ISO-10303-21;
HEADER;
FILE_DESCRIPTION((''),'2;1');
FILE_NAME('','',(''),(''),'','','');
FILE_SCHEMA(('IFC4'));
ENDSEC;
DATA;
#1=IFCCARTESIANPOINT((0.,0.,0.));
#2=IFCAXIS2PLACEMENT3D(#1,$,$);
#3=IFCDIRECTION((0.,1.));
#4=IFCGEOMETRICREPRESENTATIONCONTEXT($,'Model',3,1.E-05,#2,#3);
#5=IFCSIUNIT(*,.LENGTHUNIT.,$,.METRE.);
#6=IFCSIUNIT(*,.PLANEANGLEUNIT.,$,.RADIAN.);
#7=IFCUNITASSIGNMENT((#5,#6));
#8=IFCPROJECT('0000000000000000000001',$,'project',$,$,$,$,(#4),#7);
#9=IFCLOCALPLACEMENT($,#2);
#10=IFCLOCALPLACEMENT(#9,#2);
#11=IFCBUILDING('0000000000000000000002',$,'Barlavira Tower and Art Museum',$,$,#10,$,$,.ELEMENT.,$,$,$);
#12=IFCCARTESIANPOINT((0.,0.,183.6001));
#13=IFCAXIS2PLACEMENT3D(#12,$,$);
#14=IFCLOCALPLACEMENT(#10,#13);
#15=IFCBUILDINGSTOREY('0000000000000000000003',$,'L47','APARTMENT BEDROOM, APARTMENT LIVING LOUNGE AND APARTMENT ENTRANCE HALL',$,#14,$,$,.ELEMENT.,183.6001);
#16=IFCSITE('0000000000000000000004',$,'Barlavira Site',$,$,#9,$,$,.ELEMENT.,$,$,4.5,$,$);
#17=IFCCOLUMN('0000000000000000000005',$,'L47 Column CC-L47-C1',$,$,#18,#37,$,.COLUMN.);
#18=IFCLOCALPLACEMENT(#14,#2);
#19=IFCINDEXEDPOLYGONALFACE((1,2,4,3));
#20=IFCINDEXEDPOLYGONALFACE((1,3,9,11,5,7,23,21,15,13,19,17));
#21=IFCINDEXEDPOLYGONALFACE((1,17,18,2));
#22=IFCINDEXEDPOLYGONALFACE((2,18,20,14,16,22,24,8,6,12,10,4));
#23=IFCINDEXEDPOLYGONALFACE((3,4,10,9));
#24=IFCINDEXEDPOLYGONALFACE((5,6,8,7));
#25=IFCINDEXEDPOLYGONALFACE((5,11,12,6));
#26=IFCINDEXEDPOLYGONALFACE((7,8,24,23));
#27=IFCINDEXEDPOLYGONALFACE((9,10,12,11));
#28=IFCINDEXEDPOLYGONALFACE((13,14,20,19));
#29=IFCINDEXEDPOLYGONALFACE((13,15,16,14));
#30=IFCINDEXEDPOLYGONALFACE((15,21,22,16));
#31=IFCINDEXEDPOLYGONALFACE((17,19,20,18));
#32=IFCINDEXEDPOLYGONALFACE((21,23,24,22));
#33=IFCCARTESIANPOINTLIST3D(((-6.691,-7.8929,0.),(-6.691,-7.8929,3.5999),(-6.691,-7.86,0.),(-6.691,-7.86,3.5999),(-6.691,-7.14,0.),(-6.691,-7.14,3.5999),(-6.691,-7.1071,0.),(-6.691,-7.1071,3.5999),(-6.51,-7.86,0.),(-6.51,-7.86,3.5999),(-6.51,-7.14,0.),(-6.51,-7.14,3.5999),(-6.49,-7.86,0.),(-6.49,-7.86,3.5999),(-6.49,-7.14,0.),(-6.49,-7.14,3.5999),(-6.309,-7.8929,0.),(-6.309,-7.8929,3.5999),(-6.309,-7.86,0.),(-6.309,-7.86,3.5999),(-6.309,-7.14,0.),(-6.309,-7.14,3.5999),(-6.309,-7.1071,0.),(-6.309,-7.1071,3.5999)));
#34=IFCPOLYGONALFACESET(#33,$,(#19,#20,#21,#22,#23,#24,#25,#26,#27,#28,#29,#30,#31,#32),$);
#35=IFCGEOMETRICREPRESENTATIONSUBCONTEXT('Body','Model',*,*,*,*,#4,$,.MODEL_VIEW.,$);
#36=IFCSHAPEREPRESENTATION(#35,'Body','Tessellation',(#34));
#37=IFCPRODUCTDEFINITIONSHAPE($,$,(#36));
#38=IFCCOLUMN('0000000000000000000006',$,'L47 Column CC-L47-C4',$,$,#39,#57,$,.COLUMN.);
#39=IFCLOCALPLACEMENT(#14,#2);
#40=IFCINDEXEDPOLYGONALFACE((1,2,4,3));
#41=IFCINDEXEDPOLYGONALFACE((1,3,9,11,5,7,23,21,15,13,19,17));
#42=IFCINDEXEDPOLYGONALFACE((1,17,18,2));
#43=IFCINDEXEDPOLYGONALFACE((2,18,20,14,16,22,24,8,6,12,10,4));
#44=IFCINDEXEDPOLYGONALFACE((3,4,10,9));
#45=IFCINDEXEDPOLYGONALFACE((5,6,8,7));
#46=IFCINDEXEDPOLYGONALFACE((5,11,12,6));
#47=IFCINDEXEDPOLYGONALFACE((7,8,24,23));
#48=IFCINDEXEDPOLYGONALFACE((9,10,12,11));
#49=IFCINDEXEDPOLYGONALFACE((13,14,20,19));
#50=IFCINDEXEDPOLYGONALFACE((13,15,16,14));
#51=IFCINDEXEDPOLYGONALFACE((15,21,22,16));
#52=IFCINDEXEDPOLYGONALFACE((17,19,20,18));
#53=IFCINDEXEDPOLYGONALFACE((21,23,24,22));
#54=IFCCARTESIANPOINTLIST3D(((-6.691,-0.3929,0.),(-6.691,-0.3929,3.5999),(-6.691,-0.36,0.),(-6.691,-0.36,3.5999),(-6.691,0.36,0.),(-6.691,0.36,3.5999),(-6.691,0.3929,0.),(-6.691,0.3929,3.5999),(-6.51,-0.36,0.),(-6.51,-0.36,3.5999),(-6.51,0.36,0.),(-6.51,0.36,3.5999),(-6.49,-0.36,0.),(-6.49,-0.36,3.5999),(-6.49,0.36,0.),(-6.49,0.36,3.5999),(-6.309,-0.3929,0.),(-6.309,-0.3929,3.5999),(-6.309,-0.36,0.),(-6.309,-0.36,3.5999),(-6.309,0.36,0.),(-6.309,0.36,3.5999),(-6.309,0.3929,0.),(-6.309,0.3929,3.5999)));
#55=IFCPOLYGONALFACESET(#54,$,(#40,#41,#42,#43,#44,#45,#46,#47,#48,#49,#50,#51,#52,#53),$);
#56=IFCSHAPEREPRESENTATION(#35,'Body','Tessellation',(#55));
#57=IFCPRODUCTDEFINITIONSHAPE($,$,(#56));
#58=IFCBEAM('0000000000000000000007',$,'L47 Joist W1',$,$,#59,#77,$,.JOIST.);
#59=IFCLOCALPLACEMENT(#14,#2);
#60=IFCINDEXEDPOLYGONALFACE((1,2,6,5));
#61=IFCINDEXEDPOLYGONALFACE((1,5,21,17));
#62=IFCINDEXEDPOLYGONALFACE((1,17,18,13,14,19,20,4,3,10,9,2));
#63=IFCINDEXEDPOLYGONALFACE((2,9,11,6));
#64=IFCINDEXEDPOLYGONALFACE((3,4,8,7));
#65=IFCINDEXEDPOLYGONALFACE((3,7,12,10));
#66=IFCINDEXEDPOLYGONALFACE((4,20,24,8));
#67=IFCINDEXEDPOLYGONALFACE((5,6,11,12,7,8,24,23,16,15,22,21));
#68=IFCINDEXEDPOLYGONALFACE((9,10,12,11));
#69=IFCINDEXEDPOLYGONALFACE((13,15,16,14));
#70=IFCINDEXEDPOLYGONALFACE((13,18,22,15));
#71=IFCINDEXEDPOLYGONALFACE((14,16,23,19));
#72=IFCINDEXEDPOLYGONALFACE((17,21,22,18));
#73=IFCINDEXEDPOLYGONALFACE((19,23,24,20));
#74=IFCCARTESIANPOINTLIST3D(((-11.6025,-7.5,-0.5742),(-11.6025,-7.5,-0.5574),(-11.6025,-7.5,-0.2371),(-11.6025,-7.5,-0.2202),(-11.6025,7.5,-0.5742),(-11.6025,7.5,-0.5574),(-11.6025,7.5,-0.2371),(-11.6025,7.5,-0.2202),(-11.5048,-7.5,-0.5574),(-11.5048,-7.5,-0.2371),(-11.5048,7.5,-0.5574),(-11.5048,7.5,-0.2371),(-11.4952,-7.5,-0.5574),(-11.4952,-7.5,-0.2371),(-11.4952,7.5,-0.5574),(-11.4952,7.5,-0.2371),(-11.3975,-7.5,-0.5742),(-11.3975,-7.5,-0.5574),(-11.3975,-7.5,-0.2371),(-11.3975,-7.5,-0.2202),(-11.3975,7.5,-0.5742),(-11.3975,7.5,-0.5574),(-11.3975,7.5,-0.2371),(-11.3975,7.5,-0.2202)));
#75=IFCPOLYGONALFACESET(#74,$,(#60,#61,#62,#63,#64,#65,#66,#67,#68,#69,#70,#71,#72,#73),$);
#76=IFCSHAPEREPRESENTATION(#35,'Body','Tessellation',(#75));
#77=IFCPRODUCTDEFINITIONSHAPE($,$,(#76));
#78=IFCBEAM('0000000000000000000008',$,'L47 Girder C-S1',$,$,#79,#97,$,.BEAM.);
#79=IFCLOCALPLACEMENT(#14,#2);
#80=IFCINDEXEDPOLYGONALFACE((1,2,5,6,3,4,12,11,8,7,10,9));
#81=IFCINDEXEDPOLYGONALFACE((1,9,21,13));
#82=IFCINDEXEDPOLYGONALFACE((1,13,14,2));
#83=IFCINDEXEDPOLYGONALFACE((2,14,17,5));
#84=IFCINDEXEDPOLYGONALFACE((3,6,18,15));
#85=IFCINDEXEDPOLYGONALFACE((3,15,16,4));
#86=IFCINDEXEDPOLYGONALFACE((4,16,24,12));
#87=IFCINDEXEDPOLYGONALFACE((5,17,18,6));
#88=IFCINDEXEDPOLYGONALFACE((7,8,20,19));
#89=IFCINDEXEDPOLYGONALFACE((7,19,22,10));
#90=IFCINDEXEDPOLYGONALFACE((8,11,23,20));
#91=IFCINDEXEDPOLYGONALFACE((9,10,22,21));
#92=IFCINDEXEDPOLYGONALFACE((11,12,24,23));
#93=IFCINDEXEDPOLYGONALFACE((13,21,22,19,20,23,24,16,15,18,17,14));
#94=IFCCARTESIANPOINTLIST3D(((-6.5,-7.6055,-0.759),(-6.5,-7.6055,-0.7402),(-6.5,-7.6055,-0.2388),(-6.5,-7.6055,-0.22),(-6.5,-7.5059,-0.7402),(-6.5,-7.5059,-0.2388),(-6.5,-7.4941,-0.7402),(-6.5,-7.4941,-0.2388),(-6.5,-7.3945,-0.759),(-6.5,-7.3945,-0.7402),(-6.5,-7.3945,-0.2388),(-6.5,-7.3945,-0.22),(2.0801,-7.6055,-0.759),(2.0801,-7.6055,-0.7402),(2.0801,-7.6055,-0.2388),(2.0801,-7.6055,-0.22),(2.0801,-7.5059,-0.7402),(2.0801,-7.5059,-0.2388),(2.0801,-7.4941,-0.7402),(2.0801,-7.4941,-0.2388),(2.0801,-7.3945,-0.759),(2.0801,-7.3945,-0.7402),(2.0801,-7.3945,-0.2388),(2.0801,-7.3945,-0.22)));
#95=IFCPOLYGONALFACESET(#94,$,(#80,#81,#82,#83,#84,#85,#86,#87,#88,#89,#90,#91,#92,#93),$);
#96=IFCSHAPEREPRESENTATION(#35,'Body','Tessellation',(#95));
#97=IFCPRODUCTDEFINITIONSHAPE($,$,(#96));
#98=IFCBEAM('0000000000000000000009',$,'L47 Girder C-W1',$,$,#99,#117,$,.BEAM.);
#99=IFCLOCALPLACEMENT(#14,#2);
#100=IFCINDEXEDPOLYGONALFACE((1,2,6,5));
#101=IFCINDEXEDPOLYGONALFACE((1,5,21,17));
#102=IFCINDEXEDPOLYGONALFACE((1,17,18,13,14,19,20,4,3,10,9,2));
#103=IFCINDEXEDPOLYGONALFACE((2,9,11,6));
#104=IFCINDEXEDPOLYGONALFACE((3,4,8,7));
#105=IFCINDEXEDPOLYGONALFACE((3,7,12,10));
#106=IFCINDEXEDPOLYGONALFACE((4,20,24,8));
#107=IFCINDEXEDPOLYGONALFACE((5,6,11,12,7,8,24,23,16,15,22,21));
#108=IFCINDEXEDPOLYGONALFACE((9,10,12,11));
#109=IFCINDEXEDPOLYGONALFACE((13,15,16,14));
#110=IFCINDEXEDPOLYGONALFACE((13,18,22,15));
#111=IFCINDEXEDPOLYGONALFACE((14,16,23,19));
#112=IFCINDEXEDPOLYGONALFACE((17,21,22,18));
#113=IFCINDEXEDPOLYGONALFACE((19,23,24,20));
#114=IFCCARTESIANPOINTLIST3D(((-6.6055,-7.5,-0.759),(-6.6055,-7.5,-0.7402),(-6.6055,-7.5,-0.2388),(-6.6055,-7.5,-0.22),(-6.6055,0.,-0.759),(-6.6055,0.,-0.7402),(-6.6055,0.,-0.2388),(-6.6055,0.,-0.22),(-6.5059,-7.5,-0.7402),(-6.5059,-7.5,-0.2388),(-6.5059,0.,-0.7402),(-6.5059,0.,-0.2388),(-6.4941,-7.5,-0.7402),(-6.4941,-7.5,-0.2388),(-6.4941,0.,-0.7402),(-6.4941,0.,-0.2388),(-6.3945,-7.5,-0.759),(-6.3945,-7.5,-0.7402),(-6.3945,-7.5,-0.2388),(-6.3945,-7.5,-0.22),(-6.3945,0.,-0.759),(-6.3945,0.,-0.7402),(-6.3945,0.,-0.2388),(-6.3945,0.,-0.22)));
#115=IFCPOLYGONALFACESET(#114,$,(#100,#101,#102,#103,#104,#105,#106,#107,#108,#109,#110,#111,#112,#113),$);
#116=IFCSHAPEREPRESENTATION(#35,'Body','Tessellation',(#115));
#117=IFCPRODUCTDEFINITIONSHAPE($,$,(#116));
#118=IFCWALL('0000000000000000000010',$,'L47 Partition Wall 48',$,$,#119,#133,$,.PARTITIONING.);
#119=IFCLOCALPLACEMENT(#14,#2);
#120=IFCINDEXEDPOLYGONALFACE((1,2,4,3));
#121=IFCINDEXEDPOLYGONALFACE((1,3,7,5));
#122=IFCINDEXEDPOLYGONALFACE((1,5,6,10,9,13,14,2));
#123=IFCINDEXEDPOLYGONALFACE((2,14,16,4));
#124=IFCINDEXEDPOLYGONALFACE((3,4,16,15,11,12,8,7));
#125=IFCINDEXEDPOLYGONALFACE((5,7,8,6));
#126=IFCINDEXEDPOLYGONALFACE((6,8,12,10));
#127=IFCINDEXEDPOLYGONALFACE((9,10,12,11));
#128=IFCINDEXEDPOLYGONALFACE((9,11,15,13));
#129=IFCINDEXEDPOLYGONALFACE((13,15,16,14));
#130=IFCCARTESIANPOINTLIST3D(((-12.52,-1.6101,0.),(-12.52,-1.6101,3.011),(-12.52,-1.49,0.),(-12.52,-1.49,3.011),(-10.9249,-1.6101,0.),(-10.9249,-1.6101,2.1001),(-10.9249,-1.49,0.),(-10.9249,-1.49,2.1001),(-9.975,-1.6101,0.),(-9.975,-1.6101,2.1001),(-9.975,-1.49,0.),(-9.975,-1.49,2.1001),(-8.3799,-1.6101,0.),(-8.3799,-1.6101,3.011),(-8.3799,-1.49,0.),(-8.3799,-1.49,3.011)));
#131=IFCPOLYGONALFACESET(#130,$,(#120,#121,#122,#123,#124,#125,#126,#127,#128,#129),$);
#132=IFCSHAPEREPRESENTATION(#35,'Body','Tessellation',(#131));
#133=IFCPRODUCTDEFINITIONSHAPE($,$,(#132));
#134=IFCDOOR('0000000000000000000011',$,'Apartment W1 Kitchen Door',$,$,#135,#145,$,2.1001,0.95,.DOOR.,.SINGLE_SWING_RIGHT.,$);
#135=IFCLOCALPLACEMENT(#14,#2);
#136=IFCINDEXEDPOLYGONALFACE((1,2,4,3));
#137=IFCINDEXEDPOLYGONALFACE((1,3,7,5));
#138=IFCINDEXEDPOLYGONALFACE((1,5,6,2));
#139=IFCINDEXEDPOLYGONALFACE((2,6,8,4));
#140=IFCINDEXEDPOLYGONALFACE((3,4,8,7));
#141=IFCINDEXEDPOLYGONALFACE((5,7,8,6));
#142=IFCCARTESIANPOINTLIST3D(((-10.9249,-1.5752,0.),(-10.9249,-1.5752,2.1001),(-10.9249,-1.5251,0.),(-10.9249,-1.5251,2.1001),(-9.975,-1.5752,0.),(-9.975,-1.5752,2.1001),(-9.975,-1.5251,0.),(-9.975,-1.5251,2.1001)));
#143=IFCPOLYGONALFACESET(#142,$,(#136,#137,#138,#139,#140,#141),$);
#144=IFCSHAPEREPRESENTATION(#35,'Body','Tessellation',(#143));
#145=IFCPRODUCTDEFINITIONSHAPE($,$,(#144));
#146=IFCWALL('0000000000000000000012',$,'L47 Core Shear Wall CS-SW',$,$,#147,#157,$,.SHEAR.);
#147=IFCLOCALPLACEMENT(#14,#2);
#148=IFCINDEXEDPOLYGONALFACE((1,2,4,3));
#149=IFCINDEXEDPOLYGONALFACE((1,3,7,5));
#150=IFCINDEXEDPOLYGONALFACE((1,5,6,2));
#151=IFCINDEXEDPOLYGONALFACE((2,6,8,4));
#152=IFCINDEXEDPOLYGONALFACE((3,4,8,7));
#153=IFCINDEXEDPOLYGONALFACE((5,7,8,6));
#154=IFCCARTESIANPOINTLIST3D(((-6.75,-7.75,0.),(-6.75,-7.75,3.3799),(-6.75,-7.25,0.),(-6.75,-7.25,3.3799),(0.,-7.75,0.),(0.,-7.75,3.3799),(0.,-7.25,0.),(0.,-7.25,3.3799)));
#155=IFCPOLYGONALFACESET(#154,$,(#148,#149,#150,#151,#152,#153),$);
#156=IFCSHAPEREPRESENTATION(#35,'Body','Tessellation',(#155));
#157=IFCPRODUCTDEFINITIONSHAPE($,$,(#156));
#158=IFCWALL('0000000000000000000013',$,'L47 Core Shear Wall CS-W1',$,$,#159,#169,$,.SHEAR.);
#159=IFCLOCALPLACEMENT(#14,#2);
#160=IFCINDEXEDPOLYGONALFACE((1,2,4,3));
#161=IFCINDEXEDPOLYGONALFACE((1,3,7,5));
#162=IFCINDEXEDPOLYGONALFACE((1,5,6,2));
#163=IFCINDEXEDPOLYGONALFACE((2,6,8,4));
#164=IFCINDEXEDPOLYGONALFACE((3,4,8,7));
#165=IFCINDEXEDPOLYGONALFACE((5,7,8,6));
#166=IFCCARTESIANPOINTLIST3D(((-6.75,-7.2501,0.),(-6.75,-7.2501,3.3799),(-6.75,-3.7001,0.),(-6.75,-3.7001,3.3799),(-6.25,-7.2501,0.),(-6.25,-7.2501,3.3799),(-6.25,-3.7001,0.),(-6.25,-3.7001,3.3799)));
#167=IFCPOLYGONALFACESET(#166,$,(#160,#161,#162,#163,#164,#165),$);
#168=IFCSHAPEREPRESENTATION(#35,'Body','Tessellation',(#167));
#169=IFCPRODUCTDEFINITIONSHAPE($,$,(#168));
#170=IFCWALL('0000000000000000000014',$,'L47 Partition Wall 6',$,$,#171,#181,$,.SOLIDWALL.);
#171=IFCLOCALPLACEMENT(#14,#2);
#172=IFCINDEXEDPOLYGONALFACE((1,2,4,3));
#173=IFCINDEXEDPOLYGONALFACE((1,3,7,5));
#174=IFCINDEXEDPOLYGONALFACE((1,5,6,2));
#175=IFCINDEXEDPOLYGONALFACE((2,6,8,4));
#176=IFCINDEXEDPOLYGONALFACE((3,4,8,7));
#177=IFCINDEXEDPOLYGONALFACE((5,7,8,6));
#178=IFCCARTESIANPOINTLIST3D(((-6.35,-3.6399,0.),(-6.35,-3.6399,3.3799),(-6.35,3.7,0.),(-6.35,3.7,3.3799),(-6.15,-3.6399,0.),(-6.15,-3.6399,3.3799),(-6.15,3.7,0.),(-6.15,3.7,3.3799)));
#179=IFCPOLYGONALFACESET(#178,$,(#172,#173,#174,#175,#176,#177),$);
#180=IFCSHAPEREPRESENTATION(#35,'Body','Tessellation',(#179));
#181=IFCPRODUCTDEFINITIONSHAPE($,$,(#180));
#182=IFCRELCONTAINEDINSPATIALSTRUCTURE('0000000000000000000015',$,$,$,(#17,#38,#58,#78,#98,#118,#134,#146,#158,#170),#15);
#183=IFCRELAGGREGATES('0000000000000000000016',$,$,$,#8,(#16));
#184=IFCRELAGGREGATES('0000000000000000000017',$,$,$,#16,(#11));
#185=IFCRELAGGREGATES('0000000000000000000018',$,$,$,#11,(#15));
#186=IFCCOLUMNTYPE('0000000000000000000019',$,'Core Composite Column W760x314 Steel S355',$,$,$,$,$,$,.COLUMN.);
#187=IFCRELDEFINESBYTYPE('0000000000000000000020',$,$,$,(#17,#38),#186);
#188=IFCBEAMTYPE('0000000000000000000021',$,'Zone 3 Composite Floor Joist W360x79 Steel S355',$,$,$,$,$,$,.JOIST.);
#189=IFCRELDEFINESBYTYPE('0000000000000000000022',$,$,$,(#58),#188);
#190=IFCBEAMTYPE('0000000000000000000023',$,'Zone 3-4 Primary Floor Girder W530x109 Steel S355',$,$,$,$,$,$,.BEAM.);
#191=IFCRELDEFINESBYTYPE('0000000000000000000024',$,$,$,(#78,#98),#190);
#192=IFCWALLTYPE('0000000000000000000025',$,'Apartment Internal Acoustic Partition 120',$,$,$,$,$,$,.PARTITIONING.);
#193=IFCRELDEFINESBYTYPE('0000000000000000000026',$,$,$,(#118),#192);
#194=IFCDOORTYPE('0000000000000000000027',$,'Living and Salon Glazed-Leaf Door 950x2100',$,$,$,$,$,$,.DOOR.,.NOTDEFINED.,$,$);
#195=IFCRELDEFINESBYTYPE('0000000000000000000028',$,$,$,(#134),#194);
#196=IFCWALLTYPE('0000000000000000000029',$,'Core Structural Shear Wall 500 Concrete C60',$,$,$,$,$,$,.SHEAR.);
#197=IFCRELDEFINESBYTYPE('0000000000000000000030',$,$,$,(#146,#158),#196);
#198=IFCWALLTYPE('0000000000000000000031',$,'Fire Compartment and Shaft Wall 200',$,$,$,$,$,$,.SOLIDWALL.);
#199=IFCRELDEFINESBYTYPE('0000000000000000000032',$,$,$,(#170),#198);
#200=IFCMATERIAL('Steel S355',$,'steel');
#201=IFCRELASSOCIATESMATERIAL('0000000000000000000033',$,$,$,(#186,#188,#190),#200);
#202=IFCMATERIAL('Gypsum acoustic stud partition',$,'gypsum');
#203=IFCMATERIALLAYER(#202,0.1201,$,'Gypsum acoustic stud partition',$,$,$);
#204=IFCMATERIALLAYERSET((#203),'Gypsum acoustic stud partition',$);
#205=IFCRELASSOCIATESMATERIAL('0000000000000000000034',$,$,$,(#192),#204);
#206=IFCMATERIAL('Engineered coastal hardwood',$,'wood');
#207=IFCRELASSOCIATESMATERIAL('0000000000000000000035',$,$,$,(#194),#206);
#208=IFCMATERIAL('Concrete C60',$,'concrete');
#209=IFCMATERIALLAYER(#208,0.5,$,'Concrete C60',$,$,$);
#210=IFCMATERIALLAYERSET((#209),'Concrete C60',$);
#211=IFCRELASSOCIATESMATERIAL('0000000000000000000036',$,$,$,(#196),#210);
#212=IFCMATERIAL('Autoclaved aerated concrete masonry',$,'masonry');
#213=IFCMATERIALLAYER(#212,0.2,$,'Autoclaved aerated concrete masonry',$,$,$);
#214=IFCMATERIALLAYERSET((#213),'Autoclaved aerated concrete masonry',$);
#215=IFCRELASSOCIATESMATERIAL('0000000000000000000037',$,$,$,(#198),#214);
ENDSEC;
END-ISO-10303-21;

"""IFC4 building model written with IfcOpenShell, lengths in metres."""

from ifc_helpers import new_model, si_unit, direction, frame, frame_2d, origin, origin_2d, place, context, subcontext, project, spatial, rectangle, i_section, extrude, material, layer, layer_set, material_profile, profile_set, type_object, element, fill, save


model = new_model("IFC4")

# Units and contexts
model_context = context("Model", 3, precision=1e-05, world=origin(), true_north=direction((0.0, 1.0)))
body_context = subcontext(model_context, "Body", "Model", "MODEL_VIEW")
ifc_project = project(units=[si_unit("LENGTHUNIT", "METRE"), si_unit("PLANEANGLEUNIT", "RADIAN")], contexts=[model_context])

# Site, building, storey
site_placement = place(None, origin())
site = spatial("IfcSite", under=ifc_project, at=site_placement, Name="Barlavira Site", CompositionType="ELEMENT", RefElevation=4.5)
building_placement = place(site_placement, origin())
building = spatial("IfcBuilding", under=site, at=building_placement, Name="Barlavira Tower and Art Museum", CompositionType="ELEMENT")
storey_placement = place(building_placement, frame((0.0, 0.0, 183.6001)))
storey = spatial("IfcBuildingStorey", under=building, at=storey_placement, Name="L47", Description="APARTMENT BEDROOM, APARTMENT LIVING LOUNGE AND APARTMENT ENTRANCE HALL", CompositionType="ELEMENT", Elevation=183.6001)

# Columns
ifc_material_1 = material(Name="Steel S355", Category="steel")
ifc_material_profile_1 = material_profile(ifc_material_1, i_section(OverallWidth=0.3821, OverallDepth=0.7859, WebThickness=0.02, FlangeThickness=0.033, at=origin_2d()), Name="W760x314.0")
ifc_profile_set_1 = profile_set([ifc_material_profile_1], Name="Steel S355")
column_type = type_object("IfcColumnType", Name="Core Composite Column W760x314 Steel S355", PredefinedType="COLUMN", material=ifc_profile_set_1)
for number, where, z_axis, x_axis, name in (
    (1, (-6.5, -7.5, 0.0), (0.0, 0.0, 1.0), (1.0, 0.0, 0.0), "L47 Column CC-L47-C1"),
    (2, (-6.5, 0.0, 0.0), (0.0, 0.0, 1.0), (1.0, 0.0, 0.0), "L47 Column CC-L47-C4"),
):
    element("IfcColumn", number, at=place(storey_placement, frame(where, z_axis=z_axis, x_axis=x_axis)), inside=storey, type_object=column_type, Name=name, PredefinedType="COLUMN", context=body_context, shape_type="SweptSolid", body=[
        extrude(i_section(OverallWidth=0.3821, OverallDepth=0.7859, WebThickness=0.02, FlangeThickness=0.033, at=origin_2d()), origin(), (0.0, 0.0, 1.0), 3.5999),
    ])

# Beams
ifc_material_profile_2 = material_profile(ifc_material_1, i_section(OverallWidth=0.2051, OverallDepth=0.354, WebThickness=0.0095, FlangeThickness=0.0168, at=origin_2d()), Name="W360x79.0")
ifc_profile_set_2 = profile_set([ifc_material_profile_2], Name="Steel S355")
beam_type_1 = type_object("IfcBeamType", Name="Zone 3 Composite Floor Joist W360x79 Steel S355", PredefinedType="JOIST", material=ifc_profile_set_2)
beam_1_placement = place(storey_placement, frame((-11.5, -7.5, -0.3972), z_axis=(0.0, 1.0, 0.0), x_axis=(-1.0, 0.0, 0.0)))
element("IfcBeam", 3, at=beam_1_placement, inside=storey, type_object=beam_type_1, Name="L47 Joist W1", PredefinedType="JOIST", context=body_context, shape_type="SweptSolid", body=[
    extrude(i_section(OverallWidth=0.2051, OverallDepth=0.354, WebThickness=0.0095, FlangeThickness=0.0168, at=origin_2d()), origin(), (0.0, 0.0, 1.0), 15.0),
])
ifc_material_profile_3 = material_profile(ifc_material_1, i_section(OverallWidth=0.2109, OverallDepth=0.5391, WebThickness=0.0117, FlangeThickness=0.0188, at=origin_2d()), Name="W530x109.0")
ifc_profile_set_3 = profile_set([ifc_material_profile_3], Name="Steel S355")
beam_type_2 = type_object("IfcBeamType", Name="Zone 3-4 Primary Floor Girder W530x109 Steel S355", PredefinedType="BEAM", material=ifc_profile_set_3)
beam_2_placement = place(storey_placement, frame((-6.5, -7.5, -0.4895), z_axis=(1.0, 0.0, 0.0), x_axis=(0.0, 1.0, 0.0)))
element("IfcBeam", 4, at=beam_2_placement, inside=storey, type_object=beam_type_2, Name="L47 Girder C-S1", PredefinedType="BEAM", context=body_context, shape_type="SweptSolid", body=[
    extrude(i_section(OverallWidth=0.2109, OverallDepth=0.5391, WebThickness=0.0117, FlangeThickness=0.0188, at=origin_2d()), origin(), (0.0, 0.0, 1.0), 8.5801),
])
beam_3_placement = place(storey_placement, frame((-6.5, -7.5, -0.4895), z_axis=(0.0, 1.0, 0.0), x_axis=(-1.0, 0.0, 0.0)))
element("IfcBeam", 5, at=beam_3_placement, inside=storey, type_object=beam_type_2, Name="L47 Girder C-W1", PredefinedType="BEAM", context=body_context, shape_type="SweptSolid", body=[
    extrude(i_section(OverallWidth=0.2109, OverallDepth=0.5391, WebThickness=0.0117, FlangeThickness=0.0188, at=origin_2d()), origin(), (0.0, 0.0, 1.0), 7.5),
])

# Wall, opening, door
ifc_material_2 = material(Name="Gypsum acoustic stud partition", Category="gypsum")
ifc_layer_1 = layer(ifc_material_2, 0.1201, Name="Gypsum acoustic stud partition")
ifc_layer_set_1 = layer_set([ifc_layer_1], Name="Gypsum acoustic stud partition")
wall_type_1 = type_object("IfcWallType", Name="Apartment Internal Acoustic Partition 120", PredefinedType="PARTITIONING", material=ifc_layer_set_1)
wall_1_placement = place(storey_placement, frame((-12.52, -1.55, 0.0), z_axis=(0.0, 0.0, 1.0), x_axis=(1.0, 0.0, 0.0)))
wall_1 = element("IfcWall", 6, at=wall_1_placement, inside=storey, type_object=wall_type_1, Name="L47 Partition Wall 48", PredefinedType="PARTITIONING", context=body_context, shape_type="SweptSolid", body=[
    extrude(rectangle(XDim=4.1401, YDim=0.1201, at=frame_2d((2.0701, 0.0))), origin(), (0.0, 0.0, 1.0), 3.011),
])
opening_1_placement = place(wall_1_placement, frame((1.595, 0.0, 0.0)))
opening_1 = element("IfcOpeningElement", 7, at=opening_1_placement, cuts=wall_1, PredefinedType="OPENING", context=body_context, shape_type="SweptSolid", body=[
    extrude(rectangle(XDim=0.95, YDim=2.1001, at=frame_2d((0.4751, 1.05))), frame((0.0, 0.0701, 0.0), z_axis=(0.0, -1.0, 0.0), x_axis=(1.0, 0.0, 0.0)), (0.0, 0.0, 1.0), 0.1401),
])
ifc_material_3 = material(Name="Engineered coastal hardwood", Category="wood")
door_type_1 = type_object("IfcDoorType", Name="Living and Salon Glazed-Leaf Door 950x2100", OperationType="NOTDEFINED", PredefinedType="DOOR", material=ifc_material_3)
door_1_placement = place(opening_1_placement, origin())
door_1 = element("IfcDoor", 8, at=door_1_placement, inside=storey, type_object=door_type_1, Name="Apartment W1 Kitchen Door", OperationType="SINGLE_SWING_RIGHT", OverallHeight=2.1001, OverallWidth=0.95, PredefinedType="DOOR", context=body_context, shape_type="SweptSolid", body=[
    extrude(rectangle(XDim=0.95, YDim=2.1001, at=frame_2d((0.4751, 1.05))), frame((0.0, 0.0249, 0.0), z_axis=(0.0, -1.0, 0.0), x_axis=(1.0, 0.0, 0.0)), (0.0, 0.0, 1.0), 0.05),
])
fill(opening_1, door_1)

# Walls
ifc_material_4 = material(Name="Concrete C60", Category="concrete")
ifc_layer_2 = layer(ifc_material_4, 0.5, Name="Concrete C60")
ifc_layer_set_2 = layer_set([ifc_layer_2], Name="Concrete C60")
wall_type_2 = type_object("IfcWallType", Name="Core Structural Shear Wall 500 Concrete C60", PredefinedType="SHEAR", material=ifc_layer_set_2)
wall_2_placement = place(storey_placement, frame((-6.75, -7.5, 0.0), z_axis=(0.0, 0.0, 1.0), x_axis=(1.0, 0.0, 0.0)))
element("IfcWall", 9, at=wall_2_placement, inside=storey, type_object=wall_type_2, Name="L47 Core Shear Wall CS-SW", PredefinedType="SHEAR", context=body_context, shape_type="SweptSolid", body=[
    extrude(rectangle(XDim=6.75, YDim=0.5, at=frame_2d((3.375, 0.0))), origin(), (0.0, 0.0, 1.0), 3.3799),
])
wall_3_placement = place(storey_placement, frame((-6.5, -7.25, 0.0), z_axis=(0.0, 0.0, 1.0), x_axis=(0.0, 1.0, 0.0)))
element("IfcWall", 10, at=wall_3_placement, inside=storey, type_object=wall_type_2, Name="L47 Core Shear Wall CS-W1", PredefinedType="SHEAR", context=body_context, shape_type="SweptSolid", body=[
    extrude(rectangle(XDim=3.55, YDim=0.5, at=frame_2d((1.7749, 0.0))), origin(), (0.0, 0.0, 1.0), 3.3799),
])
ifc_material_5 = material(Name="Autoclaved aerated concrete masonry", Category="masonry")
ifc_layer_3 = layer(ifc_material_5, 0.2, Name="Autoclaved aerated concrete masonry")
ifc_layer_set_3 = layer_set([ifc_layer_3], Name="Autoclaved aerated concrete masonry")
wall_type_3 = type_object("IfcWallType", Name="Fire Compartment and Shaft Wall 200", PredefinedType="SOLIDWALL", material=ifc_layer_set_3)
wall_4_placement = place(storey_placement, frame((-6.25, -3.6399, 0.0), z_axis=(0.0, 0.0, 1.0), x_axis=(0.0, 1.0, 0.0)))
element("IfcWall", 11, at=wall_4_placement, inside=storey, type_object=wall_type_3, Name="L47 Partition Wall 6", PredefinedType="SOLIDWALL", context=body_context, shape_type="SweptSolid", body=[
    extrude(rectangle(XDim=7.3398, YDim=0.2, at=frame_2d((3.6699, 0.0))), origin(), (0.0, 0.0, 1.0), 3.3799),
])

save(model, "model.ifc")
